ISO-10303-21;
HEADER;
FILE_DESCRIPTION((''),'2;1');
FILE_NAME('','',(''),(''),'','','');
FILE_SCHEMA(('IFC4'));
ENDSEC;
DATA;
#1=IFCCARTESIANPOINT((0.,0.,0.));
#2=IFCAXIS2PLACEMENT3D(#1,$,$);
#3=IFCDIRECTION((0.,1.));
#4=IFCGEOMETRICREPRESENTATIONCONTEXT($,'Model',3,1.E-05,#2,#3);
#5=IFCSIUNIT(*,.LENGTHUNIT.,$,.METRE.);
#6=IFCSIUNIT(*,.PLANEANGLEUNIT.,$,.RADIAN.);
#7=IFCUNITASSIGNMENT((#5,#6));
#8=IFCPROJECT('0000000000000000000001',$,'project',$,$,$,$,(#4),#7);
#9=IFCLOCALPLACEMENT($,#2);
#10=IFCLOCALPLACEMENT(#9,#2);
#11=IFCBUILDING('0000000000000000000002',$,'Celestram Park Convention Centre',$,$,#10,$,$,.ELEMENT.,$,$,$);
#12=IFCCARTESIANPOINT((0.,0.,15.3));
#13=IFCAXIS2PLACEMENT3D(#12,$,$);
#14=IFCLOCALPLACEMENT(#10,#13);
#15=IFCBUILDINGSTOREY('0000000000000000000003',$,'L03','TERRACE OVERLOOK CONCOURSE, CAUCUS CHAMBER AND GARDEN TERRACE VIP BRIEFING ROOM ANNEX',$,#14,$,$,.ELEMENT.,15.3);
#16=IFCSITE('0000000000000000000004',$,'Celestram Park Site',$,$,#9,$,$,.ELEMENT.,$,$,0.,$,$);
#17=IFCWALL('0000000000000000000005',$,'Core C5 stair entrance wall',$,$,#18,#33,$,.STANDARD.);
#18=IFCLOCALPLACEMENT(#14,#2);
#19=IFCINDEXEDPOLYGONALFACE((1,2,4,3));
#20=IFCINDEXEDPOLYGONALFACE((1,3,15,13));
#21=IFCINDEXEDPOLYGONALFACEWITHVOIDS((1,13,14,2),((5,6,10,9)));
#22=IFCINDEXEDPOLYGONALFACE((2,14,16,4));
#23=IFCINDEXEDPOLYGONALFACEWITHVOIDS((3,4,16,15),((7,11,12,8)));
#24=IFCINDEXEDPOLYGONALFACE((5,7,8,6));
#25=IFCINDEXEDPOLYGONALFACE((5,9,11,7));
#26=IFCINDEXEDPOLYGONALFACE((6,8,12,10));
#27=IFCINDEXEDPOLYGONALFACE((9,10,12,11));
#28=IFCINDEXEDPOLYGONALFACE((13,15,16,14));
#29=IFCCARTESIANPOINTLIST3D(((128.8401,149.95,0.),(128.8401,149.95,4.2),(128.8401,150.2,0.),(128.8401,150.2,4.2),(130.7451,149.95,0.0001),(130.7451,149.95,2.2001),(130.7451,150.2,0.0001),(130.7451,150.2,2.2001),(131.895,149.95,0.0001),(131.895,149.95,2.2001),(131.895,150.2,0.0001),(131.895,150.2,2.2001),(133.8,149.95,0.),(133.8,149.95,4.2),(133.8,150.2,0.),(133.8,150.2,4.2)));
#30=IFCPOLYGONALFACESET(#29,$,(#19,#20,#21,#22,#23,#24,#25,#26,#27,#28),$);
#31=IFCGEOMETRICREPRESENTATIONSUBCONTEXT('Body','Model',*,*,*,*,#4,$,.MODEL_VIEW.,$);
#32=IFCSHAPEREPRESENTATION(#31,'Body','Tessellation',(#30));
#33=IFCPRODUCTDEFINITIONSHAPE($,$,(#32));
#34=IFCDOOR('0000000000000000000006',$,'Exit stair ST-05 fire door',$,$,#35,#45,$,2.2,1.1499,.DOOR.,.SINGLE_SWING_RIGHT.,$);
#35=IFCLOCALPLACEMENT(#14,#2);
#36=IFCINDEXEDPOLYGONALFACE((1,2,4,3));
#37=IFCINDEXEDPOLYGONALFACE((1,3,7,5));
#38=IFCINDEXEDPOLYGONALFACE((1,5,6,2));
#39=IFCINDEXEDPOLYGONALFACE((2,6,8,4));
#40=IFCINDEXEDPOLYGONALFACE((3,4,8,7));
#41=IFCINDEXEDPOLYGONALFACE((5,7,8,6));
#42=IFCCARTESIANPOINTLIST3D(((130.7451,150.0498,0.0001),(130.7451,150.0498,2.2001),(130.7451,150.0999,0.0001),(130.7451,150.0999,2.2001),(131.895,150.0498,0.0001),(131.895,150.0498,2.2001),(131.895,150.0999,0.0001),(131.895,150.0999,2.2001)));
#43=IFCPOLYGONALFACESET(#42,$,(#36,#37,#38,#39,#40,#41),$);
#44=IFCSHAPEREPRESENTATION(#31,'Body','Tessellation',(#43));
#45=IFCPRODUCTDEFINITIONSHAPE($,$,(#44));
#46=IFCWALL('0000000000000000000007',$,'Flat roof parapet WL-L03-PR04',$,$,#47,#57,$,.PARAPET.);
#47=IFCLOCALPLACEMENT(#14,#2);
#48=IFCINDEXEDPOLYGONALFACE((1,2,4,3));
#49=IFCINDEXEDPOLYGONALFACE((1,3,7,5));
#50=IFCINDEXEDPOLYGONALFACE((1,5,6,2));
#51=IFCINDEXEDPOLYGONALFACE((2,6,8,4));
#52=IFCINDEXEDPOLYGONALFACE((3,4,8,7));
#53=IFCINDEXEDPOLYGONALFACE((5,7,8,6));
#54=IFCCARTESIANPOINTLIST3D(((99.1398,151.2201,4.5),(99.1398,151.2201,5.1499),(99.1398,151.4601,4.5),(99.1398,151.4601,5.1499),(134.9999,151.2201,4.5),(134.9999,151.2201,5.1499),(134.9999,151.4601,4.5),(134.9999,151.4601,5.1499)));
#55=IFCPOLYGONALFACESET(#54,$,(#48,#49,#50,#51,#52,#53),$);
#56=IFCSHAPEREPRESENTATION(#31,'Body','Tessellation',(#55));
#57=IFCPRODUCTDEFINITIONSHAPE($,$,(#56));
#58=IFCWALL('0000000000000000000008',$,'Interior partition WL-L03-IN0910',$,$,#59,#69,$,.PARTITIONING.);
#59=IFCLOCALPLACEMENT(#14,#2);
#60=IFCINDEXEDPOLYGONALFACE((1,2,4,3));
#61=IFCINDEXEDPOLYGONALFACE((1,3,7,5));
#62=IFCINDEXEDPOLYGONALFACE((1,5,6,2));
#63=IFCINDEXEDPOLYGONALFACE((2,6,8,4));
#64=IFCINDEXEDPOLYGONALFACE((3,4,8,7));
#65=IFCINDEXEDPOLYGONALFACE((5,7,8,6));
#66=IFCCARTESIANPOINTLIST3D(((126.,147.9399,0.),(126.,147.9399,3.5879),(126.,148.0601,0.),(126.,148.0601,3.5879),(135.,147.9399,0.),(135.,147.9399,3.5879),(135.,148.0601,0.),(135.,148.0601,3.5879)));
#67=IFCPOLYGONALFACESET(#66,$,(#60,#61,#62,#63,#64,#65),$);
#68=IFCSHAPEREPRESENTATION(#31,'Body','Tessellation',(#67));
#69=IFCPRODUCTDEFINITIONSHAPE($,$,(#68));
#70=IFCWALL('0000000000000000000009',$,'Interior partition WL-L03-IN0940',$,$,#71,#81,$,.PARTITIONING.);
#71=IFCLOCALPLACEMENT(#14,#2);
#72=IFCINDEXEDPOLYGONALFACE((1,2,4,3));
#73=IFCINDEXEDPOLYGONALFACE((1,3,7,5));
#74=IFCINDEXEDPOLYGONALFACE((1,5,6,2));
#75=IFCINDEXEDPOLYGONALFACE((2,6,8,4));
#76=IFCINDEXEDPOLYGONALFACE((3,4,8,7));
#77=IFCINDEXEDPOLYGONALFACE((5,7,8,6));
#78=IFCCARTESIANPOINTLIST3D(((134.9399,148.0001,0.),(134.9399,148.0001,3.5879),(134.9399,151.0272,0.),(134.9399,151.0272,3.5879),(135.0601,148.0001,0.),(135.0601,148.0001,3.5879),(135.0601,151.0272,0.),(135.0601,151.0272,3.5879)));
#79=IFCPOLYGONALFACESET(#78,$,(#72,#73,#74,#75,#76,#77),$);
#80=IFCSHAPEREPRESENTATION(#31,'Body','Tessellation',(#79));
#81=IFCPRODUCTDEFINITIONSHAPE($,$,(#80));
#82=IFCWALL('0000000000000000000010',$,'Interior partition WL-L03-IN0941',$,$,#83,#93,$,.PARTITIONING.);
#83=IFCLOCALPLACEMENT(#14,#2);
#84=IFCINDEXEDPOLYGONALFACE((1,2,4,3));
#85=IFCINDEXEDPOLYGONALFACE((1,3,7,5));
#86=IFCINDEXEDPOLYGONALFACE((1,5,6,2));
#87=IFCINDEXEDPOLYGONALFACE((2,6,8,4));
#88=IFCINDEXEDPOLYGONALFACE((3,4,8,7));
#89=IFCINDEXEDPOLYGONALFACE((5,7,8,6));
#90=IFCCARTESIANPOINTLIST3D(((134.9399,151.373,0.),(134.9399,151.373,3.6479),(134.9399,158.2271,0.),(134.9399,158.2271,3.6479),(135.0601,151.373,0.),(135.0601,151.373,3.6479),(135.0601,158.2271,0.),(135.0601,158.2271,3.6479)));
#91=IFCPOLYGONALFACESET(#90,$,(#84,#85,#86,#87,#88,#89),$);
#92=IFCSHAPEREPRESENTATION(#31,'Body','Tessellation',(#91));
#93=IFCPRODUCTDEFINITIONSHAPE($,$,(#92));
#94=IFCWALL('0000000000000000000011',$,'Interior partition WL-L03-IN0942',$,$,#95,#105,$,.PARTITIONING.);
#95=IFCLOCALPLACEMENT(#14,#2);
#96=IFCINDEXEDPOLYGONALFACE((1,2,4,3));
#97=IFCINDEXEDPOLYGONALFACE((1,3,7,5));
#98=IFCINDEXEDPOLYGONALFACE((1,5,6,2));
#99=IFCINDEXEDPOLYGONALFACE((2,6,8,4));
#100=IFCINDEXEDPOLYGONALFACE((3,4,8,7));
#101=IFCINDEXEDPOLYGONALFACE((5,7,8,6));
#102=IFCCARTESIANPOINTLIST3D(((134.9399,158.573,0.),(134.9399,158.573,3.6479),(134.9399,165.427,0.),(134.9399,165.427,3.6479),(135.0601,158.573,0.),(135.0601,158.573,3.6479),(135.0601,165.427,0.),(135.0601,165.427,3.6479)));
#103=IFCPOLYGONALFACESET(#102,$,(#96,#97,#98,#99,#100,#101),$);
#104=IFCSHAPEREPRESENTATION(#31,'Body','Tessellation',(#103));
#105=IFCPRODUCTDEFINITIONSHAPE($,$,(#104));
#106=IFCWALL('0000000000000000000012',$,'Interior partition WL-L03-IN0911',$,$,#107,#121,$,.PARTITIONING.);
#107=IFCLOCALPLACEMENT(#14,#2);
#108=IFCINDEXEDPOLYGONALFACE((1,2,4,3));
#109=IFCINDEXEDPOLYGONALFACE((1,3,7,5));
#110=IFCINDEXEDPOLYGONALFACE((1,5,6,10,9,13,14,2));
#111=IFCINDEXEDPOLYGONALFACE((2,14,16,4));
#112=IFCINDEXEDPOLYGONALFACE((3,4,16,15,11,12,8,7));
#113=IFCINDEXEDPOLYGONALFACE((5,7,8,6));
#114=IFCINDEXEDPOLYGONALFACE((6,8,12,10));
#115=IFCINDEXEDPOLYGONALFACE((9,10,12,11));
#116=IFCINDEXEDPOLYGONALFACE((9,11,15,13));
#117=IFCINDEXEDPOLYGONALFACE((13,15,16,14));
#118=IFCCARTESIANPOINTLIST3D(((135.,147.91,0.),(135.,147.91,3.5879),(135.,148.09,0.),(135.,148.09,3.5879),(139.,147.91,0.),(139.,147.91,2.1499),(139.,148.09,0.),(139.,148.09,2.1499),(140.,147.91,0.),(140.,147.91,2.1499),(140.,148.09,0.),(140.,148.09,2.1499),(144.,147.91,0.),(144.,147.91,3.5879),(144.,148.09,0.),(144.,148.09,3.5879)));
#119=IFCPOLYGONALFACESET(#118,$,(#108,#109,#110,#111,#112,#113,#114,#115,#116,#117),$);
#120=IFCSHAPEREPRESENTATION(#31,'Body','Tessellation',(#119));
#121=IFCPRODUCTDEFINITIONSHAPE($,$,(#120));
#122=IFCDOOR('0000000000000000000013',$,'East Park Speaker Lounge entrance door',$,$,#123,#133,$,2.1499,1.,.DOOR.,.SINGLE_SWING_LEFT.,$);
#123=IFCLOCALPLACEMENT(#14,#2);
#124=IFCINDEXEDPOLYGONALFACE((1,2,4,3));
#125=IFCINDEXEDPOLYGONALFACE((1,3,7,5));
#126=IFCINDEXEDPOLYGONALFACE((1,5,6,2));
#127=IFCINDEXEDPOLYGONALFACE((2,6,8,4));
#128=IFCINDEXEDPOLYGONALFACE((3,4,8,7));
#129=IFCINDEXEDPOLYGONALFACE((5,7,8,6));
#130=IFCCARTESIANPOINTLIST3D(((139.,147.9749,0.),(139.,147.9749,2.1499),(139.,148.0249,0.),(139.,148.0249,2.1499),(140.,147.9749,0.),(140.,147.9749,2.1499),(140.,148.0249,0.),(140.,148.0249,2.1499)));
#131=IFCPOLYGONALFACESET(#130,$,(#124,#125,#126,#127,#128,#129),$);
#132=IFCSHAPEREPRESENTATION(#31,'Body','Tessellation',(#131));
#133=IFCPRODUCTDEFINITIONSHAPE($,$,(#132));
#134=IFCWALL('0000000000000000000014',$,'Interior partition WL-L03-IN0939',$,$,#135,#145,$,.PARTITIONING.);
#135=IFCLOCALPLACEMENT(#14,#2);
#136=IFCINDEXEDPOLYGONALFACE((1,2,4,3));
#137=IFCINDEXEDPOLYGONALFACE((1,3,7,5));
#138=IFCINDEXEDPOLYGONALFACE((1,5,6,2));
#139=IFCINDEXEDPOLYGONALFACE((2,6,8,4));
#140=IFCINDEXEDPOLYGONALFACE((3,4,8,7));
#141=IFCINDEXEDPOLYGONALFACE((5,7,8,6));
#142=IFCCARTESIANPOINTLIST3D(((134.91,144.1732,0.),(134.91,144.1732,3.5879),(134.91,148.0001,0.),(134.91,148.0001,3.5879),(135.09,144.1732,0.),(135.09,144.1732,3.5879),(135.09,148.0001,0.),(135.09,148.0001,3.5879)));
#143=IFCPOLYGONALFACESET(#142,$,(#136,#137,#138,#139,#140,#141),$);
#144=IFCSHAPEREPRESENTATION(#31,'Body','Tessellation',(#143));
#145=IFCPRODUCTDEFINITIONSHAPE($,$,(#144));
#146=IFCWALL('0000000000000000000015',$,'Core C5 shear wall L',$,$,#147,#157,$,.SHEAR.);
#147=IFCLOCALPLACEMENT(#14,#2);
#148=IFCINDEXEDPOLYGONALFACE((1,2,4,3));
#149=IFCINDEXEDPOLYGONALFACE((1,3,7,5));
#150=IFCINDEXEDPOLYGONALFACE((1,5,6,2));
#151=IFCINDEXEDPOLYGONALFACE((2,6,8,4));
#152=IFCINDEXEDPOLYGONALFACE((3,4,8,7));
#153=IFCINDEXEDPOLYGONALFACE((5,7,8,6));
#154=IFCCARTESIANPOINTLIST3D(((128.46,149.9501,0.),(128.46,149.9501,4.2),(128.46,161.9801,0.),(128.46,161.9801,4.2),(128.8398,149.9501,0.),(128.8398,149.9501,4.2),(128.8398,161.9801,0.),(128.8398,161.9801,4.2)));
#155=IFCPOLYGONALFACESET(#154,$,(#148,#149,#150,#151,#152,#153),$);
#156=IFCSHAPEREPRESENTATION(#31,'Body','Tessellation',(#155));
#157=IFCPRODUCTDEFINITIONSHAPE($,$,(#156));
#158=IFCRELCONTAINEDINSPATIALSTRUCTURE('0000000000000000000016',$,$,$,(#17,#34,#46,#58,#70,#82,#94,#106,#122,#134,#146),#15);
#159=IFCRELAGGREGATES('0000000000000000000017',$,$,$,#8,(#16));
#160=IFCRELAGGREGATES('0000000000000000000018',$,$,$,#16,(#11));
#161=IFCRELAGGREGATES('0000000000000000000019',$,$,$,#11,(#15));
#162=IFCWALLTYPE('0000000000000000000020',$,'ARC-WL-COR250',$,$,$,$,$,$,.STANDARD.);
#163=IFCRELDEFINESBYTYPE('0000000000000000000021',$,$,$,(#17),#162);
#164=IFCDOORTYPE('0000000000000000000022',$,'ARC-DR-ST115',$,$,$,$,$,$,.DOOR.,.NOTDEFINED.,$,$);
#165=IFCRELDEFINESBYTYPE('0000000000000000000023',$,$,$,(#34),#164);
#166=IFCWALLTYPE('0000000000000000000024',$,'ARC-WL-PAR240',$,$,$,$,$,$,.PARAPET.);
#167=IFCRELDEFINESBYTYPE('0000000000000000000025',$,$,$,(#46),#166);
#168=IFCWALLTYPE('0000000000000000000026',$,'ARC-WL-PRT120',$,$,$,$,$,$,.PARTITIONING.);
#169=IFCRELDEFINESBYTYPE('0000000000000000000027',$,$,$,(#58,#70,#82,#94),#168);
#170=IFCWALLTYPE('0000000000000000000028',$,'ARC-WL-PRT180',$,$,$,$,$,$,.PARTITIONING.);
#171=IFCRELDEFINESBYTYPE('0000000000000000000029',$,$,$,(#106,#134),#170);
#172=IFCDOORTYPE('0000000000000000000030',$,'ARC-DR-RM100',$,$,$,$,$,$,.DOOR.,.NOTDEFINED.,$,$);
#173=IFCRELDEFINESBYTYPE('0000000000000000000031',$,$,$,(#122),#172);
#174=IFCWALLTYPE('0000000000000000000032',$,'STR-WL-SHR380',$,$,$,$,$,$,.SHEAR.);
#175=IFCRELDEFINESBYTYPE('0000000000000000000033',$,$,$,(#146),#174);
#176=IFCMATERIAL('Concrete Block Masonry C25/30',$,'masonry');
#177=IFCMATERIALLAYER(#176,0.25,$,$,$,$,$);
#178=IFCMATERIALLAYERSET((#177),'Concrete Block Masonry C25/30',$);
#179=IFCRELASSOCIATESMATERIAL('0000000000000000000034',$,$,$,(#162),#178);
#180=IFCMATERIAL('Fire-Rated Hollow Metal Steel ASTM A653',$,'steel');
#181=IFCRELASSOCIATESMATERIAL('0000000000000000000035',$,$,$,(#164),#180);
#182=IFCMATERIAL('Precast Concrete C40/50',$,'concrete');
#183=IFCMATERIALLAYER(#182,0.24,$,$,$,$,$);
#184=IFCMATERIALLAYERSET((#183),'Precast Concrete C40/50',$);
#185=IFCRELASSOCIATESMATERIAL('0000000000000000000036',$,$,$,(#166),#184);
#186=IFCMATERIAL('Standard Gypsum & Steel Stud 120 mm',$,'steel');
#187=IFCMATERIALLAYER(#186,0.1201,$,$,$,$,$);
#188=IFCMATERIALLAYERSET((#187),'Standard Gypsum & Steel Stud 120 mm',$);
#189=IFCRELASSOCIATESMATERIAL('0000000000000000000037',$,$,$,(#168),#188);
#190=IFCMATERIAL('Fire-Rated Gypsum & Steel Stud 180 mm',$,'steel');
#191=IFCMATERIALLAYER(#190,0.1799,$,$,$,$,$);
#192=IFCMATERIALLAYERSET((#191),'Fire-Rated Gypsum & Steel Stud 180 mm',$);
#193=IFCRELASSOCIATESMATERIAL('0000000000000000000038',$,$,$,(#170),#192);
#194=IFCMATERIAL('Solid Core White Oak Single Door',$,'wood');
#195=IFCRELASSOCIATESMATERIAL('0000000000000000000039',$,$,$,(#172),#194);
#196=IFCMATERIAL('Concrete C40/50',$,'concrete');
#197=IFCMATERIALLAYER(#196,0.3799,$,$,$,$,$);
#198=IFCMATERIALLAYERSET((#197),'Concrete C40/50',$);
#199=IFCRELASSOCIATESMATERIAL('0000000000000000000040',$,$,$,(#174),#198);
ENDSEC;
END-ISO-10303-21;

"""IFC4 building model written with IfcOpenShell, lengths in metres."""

from ifc_helpers import new_model, si_unit, direction, frame, frame_2d, origin, place, context, subcontext, project, spatial, rectangle, extrude, material, layer, layer_set, type_object, element, fill, save


model = new_model("IFC4")

# Units and contexts
model_context = context("Model", 3, precision=1e-05, world=origin(), true_north=direction((0.0, 1.0)))
body_context = subcontext(model_context, "Body", "Model", "MODEL_VIEW")
ifc_project = project(units=[si_unit("LENGTHUNIT", "METRE"), si_unit("PLANEANGLEUNIT", "RADIAN")], contexts=[model_context])

# Site, building, storey
site_placement = place(None, origin())
site = spatial("IfcSite", under=ifc_project, at=site_placement, Name="Celestram Park Site", CompositionType="ELEMENT", RefElevation=0.0)
building_placement = place(site_placement, origin())
building = spatial("IfcBuilding", under=site, at=building_placement, Name="Celestram Park Convention Centre", CompositionType="ELEMENT")
storey_placement = place(building_placement, frame((0.0, 0.0, 15.3)))
storey = spatial("IfcBuildingStorey", under=building, at=storey_placement, Name="L03", Description="TERRACE OVERLOOK CONCOURSE, CAUCUS CHAMBER AND GARDEN TERRACE VIP BRIEFING ROOM ANNEX", CompositionType="ELEMENT", Elevation=15.3)

# Wall, opening, door
ifc_material_1 = material(Name="Concrete Block Masonry C25/30", Category="masonry")
ifc_layer_1 = layer(ifc_material_1, 0.25)
ifc_layer_set_1 = layer_set([ifc_layer_1], Name="Concrete Block Masonry C25/30")
wall_type_1 = type_object("IfcWallType", Name="ARC-WL-COR250", PredefinedType="STANDARD", material=ifc_layer_set_1)
wall_1_placement = place(storey_placement, frame((128.8401, 150.075, 0.0), z_axis=(0.0, 0.0, 1.0), x_axis=(1.0, 0.0, 0.0)))
wall_1 = element("IfcWall", 1, at=wall_1_placement, inside=storey, type_object=wall_type_1, Name="Core C5 stair entrance wall", PredefinedType="STANDARD", context=body_context, shape_type="SweptSolid", body=[
    extrude(rectangle(XDim=4.96, YDim=0.25, at=frame_2d((2.48, 0.0))), origin(), (0.0, 0.0, 1.0), 4.2),
])
opening_1_placement = place(wall_1_placement, frame((1.905, 0.0, 0.0)))
opening_1 = element("IfcOpeningElement", 2, at=opening_1_placement, cuts=wall_1, PredefinedType="OPENING", context=body_context, shape_type="SweptSolid", body=[
    extrude(rectangle(XDim=1.1499, YDim=2.2, at=frame_2d((0.575, 1.1001))), frame((0.0, 0.135, 0.0), z_axis=(0.0, -1.0, 0.0), x_axis=(1.0, 0.0, 0.0)), (0.0, 0.0, 1.0), 0.27),
])
ifc_material_2 = material(Name="Fire-Rated Hollow Metal Steel ASTM A653", Category="steel")
door_type_1 = type_object("IfcDoorType", Name="ARC-DR-ST115", OperationType="NOTDEFINED", PredefinedType="DOOR", material=ifc_material_2)
door_1_placement = place(opening_1_placement, origin())
door_1 = element("IfcDoor", 3, at=door_1_placement, inside=storey, type_object=door_type_1, Name="Exit stair ST-05 fire door", OperationType="SINGLE_SWING_RIGHT", OverallHeight=2.2, OverallWidth=1.1499, PredefinedType="DOOR", context=body_context, shape_type="SweptSolid", body=[
    extrude(rectangle(XDim=1.1499, YDim=2.2, at=frame_2d((0.575, 1.1001))), frame((0.0, 0.0249, 0.0), z_axis=(0.0, -1.0, 0.0), x_axis=(1.0, 0.0, 0.0)), (0.0, 0.0, 1.0), 0.05),
])
fill(opening_1, door_1)

# Walls
ifc_material_3 = material(Name="Precast Concrete C40/50", Category="concrete")
ifc_layer_2 = layer(ifc_material_3, 0.24)
ifc_layer_set_2 = layer_set([ifc_layer_2], Name="Precast Concrete C40/50")
wall_type_2 = type_object("IfcWallType", Name="ARC-WL-PAR240", PredefinedType="PARAPET", material=ifc_layer_set_2)
wall_2_placement = place(storey_placement, frame((135.0, 151.3401, 4.5), z_axis=(0.0, 0.0, 1.0), x_axis=(-1.0, 0.0, 0.0)))
element("IfcWall", 4, at=wall_2_placement, inside=storey, type_object=wall_type_2, Name="Flat roof parapet WL-L03-PR04", PredefinedType="PARAPET", context=body_context, shape_type="SweptSolid", body=[
    extrude(rectangle(XDim=35.8601, YDim=0.24, at=frame_2d((17.9302, 0.0))), origin(), (0.0, 0.0, 1.0), 0.6499),
])
ifc_material_4 = material(Name="Standard Gypsum & Steel Stud 120 mm", Category="steel")
ifc_layer_3 = layer(ifc_material_4, 0.1201)
ifc_layer_set_3 = layer_set([ifc_layer_3], Name="Standard Gypsum & Steel Stud 120 mm")
wall_type_3 = type_object("IfcWallType", Name="ARC-WL-PRT120", PredefinedType="PARTITIONING", material=ifc_layer_set_3)
wall_3_placement = place(storey_placement, frame((126.0, 148.0, 0.0), z_axis=(0.0, 0.0, 1.0), x_axis=(1.0, 0.0, 0.0)))
element("IfcWall", 5, at=wall_3_placement, inside=storey, type_object=wall_type_3, Name="Interior partition WL-L03-IN0910", PredefinedType="PARTITIONING", context=body_context, shape_type="SweptSolid", body=[
    extrude(rectangle(XDim=9.0, YDim=0.1201, at=frame_2d((4.5, 0.0))), origin(), (0.0, 0.0, 1.0), 3.5879),
])
wall_4_placement = place(storey_placement, frame((135.0, 148.0, 0.0), z_axis=(0.0, 0.0, 1.0), x_axis=(0.0, 1.0, 0.0)))
element("IfcWall", 6, at=wall_4_placement, inside=storey, type_object=wall_type_3, Name="Interior partition WL-L03-IN0940", PredefinedType="PARTITIONING", context=body_context, shape_type="SweptSolid", body=[
    extrude(rectangle(XDim=3.0271, YDim=0.1201, at=frame_2d((1.5137, 0.0))), origin(), (0.0, 0.0, 1.0), 3.5879),
])
for number, where, z_axis, x_axis, name in (
    (7, (135.0, 151.373, 0.0), (0.0, 0.0, 1.0), (0.0, 1.0, 0.0), "Interior partition WL-L03-IN0941"),
    (8, (135.0, 158.573, 0.0), (0.0, 0.0, 1.0), (0.0, 1.0, 0.0), "Interior partition WL-L03-IN0942"),
):
    element("IfcWall", number, at=place(storey_placement, frame(where, z_axis=z_axis, x_axis=x_axis)), inside=storey, type_object=wall_type_3, Name=name, PredefinedType="PARTITIONING", context=body_context, shape_type="SweptSolid", body=[
        extrude(rectangle(XDim=6.854, YDim=0.1201, at=frame_2d((3.427, 0.0))), origin(), (0.0, 0.0, 1.0), 3.6479),
    ])

# Wall, opening, door
ifc_material_5 = material(Name="Fire-Rated Gypsum & Steel Stud 180 mm", Category="steel")
ifc_layer_4 = layer(ifc_material_5, 0.1799)
ifc_layer_set_4 = layer_set([ifc_layer_4], Name="Fire-Rated Gypsum & Steel Stud 180 mm")
wall_type_4 = type_object("IfcWallType", Name="ARC-WL-PRT180", PredefinedType="PARTITIONING", material=ifc_layer_set_4)
wall_5_placement = place(storey_placement, frame((135.0, 148.0, 0.0), z_axis=(0.0, 0.0, 1.0), x_axis=(1.0, 0.0, 0.0)))
wall_5 = element("IfcWall", 9, at=wall_5_placement, inside=storey, type_object=wall_type_4, Name="Interior partition WL-L03-IN0911", PredefinedType="PARTITIONING", context=body_context, shape_type="SweptSolid", body=[
    extrude(rectangle(XDim=9.0, YDim=0.1799, at=frame_2d((4.5, 0.0))), origin(), (0.0, 0.0, 1.0), 3.5879),
])
opening_2_placement = place(wall_5_placement, frame((4.0, 0.0, 0.0)))
opening_2 = element("IfcOpeningElement", 10, at=opening_2_placement, cuts=wall_5, PredefinedType="OPENING", context=body_context, shape_type="SweptSolid", body=[
    extrude(rectangle(XDim=1.0, YDim=2.1499, at=frame_2d((0.5, 1.075))), frame((0.0, 0.0999, 0.0), z_axis=(0.0, -1.0, 0.0), x_axis=(1.0, 0.0, 0.0)), (0.0, 0.0, 1.0), 0.2),
])
ifc_material_6 = material(Name="Solid Core White Oak Single Door", Category="wood")
door_type_2 = type_object("IfcDoorType", Name="ARC-DR-RM100", OperationType="NOTDEFINED", PredefinedType="DOOR", material=ifc_material_6)
door_2_placement = place(opening_2_placement, origin())
door_2 = element("IfcDoor", 11, at=door_2_placement, inside=storey, type_object=door_type_2, Name="East Park Speaker Lounge entrance door", OperationType="SINGLE_SWING_LEFT", OverallHeight=2.1499, OverallWidth=1.0, PredefinedType="DOOR", context=body_context, shape_type="SweptSolid", body=[
    extrude(rectangle(XDim=1.0, YDim=2.1499, at=frame_2d((0.5, 1.075))), frame((0.0, 0.0249, 0.0), z_axis=(0.0, -1.0, 0.0), x_axis=(1.0, 0.0, 0.0)), (0.0, 0.0, 1.0), 0.05),
])
fill(opening_2, door_2)

# Walls
wall_6_placement = place(storey_placement, frame((135.0, 144.1731, 0.0), z_axis=(0.0, 0.0, 1.0), x_axis=(0.0, 1.0, 0.0)))
element("IfcWall", 12, at=wall_6_placement, inside=storey, type_object=wall_type_4, Name="Interior partition WL-L03-IN0939", PredefinedType="PARTITIONING", context=body_context, shape_type="SweptSolid", body=[
    extrude(rectangle(XDim=3.8269, YDim=0.1799, at=frame_2d((1.9136, 0.0))), origin(), (0.0, 0.0, 1.0), 3.5879),
])
ifc_material_7 = material(Name="Concrete C40/50", Category="concrete")
ifc_layer_5 = layer(ifc_material_7, 0.3799)
ifc_layer_set_5 = layer_set([ifc_layer_5], Name="Concrete C40/50")
wall_type_5 = type_object("IfcWallType", Name="STR-WL-SHR380", PredefinedType="SHEAR", material=ifc_layer_set_5)
wall_7_placement = place(storey_placement, frame((128.6499, 149.95, 0.0), z_axis=(0.0, 0.0, 1.0), x_axis=(0.0, 1.0, 0.0)))
element("IfcWall", 13, at=wall_7_placement, inside=storey, type_object=wall_type_5, Name="Core C5 shear wall L", PredefinedType="SHEAR", context=body_context, shape_type="SweptSolid", body=[
    extrude(rectangle(XDim=12.03, YDim=0.3799, at=frame_2d((6.0151, 0.0))), origin(), (0.0, 0.0, 1.0), 4.2),
])

save(model, "model.ifc")
